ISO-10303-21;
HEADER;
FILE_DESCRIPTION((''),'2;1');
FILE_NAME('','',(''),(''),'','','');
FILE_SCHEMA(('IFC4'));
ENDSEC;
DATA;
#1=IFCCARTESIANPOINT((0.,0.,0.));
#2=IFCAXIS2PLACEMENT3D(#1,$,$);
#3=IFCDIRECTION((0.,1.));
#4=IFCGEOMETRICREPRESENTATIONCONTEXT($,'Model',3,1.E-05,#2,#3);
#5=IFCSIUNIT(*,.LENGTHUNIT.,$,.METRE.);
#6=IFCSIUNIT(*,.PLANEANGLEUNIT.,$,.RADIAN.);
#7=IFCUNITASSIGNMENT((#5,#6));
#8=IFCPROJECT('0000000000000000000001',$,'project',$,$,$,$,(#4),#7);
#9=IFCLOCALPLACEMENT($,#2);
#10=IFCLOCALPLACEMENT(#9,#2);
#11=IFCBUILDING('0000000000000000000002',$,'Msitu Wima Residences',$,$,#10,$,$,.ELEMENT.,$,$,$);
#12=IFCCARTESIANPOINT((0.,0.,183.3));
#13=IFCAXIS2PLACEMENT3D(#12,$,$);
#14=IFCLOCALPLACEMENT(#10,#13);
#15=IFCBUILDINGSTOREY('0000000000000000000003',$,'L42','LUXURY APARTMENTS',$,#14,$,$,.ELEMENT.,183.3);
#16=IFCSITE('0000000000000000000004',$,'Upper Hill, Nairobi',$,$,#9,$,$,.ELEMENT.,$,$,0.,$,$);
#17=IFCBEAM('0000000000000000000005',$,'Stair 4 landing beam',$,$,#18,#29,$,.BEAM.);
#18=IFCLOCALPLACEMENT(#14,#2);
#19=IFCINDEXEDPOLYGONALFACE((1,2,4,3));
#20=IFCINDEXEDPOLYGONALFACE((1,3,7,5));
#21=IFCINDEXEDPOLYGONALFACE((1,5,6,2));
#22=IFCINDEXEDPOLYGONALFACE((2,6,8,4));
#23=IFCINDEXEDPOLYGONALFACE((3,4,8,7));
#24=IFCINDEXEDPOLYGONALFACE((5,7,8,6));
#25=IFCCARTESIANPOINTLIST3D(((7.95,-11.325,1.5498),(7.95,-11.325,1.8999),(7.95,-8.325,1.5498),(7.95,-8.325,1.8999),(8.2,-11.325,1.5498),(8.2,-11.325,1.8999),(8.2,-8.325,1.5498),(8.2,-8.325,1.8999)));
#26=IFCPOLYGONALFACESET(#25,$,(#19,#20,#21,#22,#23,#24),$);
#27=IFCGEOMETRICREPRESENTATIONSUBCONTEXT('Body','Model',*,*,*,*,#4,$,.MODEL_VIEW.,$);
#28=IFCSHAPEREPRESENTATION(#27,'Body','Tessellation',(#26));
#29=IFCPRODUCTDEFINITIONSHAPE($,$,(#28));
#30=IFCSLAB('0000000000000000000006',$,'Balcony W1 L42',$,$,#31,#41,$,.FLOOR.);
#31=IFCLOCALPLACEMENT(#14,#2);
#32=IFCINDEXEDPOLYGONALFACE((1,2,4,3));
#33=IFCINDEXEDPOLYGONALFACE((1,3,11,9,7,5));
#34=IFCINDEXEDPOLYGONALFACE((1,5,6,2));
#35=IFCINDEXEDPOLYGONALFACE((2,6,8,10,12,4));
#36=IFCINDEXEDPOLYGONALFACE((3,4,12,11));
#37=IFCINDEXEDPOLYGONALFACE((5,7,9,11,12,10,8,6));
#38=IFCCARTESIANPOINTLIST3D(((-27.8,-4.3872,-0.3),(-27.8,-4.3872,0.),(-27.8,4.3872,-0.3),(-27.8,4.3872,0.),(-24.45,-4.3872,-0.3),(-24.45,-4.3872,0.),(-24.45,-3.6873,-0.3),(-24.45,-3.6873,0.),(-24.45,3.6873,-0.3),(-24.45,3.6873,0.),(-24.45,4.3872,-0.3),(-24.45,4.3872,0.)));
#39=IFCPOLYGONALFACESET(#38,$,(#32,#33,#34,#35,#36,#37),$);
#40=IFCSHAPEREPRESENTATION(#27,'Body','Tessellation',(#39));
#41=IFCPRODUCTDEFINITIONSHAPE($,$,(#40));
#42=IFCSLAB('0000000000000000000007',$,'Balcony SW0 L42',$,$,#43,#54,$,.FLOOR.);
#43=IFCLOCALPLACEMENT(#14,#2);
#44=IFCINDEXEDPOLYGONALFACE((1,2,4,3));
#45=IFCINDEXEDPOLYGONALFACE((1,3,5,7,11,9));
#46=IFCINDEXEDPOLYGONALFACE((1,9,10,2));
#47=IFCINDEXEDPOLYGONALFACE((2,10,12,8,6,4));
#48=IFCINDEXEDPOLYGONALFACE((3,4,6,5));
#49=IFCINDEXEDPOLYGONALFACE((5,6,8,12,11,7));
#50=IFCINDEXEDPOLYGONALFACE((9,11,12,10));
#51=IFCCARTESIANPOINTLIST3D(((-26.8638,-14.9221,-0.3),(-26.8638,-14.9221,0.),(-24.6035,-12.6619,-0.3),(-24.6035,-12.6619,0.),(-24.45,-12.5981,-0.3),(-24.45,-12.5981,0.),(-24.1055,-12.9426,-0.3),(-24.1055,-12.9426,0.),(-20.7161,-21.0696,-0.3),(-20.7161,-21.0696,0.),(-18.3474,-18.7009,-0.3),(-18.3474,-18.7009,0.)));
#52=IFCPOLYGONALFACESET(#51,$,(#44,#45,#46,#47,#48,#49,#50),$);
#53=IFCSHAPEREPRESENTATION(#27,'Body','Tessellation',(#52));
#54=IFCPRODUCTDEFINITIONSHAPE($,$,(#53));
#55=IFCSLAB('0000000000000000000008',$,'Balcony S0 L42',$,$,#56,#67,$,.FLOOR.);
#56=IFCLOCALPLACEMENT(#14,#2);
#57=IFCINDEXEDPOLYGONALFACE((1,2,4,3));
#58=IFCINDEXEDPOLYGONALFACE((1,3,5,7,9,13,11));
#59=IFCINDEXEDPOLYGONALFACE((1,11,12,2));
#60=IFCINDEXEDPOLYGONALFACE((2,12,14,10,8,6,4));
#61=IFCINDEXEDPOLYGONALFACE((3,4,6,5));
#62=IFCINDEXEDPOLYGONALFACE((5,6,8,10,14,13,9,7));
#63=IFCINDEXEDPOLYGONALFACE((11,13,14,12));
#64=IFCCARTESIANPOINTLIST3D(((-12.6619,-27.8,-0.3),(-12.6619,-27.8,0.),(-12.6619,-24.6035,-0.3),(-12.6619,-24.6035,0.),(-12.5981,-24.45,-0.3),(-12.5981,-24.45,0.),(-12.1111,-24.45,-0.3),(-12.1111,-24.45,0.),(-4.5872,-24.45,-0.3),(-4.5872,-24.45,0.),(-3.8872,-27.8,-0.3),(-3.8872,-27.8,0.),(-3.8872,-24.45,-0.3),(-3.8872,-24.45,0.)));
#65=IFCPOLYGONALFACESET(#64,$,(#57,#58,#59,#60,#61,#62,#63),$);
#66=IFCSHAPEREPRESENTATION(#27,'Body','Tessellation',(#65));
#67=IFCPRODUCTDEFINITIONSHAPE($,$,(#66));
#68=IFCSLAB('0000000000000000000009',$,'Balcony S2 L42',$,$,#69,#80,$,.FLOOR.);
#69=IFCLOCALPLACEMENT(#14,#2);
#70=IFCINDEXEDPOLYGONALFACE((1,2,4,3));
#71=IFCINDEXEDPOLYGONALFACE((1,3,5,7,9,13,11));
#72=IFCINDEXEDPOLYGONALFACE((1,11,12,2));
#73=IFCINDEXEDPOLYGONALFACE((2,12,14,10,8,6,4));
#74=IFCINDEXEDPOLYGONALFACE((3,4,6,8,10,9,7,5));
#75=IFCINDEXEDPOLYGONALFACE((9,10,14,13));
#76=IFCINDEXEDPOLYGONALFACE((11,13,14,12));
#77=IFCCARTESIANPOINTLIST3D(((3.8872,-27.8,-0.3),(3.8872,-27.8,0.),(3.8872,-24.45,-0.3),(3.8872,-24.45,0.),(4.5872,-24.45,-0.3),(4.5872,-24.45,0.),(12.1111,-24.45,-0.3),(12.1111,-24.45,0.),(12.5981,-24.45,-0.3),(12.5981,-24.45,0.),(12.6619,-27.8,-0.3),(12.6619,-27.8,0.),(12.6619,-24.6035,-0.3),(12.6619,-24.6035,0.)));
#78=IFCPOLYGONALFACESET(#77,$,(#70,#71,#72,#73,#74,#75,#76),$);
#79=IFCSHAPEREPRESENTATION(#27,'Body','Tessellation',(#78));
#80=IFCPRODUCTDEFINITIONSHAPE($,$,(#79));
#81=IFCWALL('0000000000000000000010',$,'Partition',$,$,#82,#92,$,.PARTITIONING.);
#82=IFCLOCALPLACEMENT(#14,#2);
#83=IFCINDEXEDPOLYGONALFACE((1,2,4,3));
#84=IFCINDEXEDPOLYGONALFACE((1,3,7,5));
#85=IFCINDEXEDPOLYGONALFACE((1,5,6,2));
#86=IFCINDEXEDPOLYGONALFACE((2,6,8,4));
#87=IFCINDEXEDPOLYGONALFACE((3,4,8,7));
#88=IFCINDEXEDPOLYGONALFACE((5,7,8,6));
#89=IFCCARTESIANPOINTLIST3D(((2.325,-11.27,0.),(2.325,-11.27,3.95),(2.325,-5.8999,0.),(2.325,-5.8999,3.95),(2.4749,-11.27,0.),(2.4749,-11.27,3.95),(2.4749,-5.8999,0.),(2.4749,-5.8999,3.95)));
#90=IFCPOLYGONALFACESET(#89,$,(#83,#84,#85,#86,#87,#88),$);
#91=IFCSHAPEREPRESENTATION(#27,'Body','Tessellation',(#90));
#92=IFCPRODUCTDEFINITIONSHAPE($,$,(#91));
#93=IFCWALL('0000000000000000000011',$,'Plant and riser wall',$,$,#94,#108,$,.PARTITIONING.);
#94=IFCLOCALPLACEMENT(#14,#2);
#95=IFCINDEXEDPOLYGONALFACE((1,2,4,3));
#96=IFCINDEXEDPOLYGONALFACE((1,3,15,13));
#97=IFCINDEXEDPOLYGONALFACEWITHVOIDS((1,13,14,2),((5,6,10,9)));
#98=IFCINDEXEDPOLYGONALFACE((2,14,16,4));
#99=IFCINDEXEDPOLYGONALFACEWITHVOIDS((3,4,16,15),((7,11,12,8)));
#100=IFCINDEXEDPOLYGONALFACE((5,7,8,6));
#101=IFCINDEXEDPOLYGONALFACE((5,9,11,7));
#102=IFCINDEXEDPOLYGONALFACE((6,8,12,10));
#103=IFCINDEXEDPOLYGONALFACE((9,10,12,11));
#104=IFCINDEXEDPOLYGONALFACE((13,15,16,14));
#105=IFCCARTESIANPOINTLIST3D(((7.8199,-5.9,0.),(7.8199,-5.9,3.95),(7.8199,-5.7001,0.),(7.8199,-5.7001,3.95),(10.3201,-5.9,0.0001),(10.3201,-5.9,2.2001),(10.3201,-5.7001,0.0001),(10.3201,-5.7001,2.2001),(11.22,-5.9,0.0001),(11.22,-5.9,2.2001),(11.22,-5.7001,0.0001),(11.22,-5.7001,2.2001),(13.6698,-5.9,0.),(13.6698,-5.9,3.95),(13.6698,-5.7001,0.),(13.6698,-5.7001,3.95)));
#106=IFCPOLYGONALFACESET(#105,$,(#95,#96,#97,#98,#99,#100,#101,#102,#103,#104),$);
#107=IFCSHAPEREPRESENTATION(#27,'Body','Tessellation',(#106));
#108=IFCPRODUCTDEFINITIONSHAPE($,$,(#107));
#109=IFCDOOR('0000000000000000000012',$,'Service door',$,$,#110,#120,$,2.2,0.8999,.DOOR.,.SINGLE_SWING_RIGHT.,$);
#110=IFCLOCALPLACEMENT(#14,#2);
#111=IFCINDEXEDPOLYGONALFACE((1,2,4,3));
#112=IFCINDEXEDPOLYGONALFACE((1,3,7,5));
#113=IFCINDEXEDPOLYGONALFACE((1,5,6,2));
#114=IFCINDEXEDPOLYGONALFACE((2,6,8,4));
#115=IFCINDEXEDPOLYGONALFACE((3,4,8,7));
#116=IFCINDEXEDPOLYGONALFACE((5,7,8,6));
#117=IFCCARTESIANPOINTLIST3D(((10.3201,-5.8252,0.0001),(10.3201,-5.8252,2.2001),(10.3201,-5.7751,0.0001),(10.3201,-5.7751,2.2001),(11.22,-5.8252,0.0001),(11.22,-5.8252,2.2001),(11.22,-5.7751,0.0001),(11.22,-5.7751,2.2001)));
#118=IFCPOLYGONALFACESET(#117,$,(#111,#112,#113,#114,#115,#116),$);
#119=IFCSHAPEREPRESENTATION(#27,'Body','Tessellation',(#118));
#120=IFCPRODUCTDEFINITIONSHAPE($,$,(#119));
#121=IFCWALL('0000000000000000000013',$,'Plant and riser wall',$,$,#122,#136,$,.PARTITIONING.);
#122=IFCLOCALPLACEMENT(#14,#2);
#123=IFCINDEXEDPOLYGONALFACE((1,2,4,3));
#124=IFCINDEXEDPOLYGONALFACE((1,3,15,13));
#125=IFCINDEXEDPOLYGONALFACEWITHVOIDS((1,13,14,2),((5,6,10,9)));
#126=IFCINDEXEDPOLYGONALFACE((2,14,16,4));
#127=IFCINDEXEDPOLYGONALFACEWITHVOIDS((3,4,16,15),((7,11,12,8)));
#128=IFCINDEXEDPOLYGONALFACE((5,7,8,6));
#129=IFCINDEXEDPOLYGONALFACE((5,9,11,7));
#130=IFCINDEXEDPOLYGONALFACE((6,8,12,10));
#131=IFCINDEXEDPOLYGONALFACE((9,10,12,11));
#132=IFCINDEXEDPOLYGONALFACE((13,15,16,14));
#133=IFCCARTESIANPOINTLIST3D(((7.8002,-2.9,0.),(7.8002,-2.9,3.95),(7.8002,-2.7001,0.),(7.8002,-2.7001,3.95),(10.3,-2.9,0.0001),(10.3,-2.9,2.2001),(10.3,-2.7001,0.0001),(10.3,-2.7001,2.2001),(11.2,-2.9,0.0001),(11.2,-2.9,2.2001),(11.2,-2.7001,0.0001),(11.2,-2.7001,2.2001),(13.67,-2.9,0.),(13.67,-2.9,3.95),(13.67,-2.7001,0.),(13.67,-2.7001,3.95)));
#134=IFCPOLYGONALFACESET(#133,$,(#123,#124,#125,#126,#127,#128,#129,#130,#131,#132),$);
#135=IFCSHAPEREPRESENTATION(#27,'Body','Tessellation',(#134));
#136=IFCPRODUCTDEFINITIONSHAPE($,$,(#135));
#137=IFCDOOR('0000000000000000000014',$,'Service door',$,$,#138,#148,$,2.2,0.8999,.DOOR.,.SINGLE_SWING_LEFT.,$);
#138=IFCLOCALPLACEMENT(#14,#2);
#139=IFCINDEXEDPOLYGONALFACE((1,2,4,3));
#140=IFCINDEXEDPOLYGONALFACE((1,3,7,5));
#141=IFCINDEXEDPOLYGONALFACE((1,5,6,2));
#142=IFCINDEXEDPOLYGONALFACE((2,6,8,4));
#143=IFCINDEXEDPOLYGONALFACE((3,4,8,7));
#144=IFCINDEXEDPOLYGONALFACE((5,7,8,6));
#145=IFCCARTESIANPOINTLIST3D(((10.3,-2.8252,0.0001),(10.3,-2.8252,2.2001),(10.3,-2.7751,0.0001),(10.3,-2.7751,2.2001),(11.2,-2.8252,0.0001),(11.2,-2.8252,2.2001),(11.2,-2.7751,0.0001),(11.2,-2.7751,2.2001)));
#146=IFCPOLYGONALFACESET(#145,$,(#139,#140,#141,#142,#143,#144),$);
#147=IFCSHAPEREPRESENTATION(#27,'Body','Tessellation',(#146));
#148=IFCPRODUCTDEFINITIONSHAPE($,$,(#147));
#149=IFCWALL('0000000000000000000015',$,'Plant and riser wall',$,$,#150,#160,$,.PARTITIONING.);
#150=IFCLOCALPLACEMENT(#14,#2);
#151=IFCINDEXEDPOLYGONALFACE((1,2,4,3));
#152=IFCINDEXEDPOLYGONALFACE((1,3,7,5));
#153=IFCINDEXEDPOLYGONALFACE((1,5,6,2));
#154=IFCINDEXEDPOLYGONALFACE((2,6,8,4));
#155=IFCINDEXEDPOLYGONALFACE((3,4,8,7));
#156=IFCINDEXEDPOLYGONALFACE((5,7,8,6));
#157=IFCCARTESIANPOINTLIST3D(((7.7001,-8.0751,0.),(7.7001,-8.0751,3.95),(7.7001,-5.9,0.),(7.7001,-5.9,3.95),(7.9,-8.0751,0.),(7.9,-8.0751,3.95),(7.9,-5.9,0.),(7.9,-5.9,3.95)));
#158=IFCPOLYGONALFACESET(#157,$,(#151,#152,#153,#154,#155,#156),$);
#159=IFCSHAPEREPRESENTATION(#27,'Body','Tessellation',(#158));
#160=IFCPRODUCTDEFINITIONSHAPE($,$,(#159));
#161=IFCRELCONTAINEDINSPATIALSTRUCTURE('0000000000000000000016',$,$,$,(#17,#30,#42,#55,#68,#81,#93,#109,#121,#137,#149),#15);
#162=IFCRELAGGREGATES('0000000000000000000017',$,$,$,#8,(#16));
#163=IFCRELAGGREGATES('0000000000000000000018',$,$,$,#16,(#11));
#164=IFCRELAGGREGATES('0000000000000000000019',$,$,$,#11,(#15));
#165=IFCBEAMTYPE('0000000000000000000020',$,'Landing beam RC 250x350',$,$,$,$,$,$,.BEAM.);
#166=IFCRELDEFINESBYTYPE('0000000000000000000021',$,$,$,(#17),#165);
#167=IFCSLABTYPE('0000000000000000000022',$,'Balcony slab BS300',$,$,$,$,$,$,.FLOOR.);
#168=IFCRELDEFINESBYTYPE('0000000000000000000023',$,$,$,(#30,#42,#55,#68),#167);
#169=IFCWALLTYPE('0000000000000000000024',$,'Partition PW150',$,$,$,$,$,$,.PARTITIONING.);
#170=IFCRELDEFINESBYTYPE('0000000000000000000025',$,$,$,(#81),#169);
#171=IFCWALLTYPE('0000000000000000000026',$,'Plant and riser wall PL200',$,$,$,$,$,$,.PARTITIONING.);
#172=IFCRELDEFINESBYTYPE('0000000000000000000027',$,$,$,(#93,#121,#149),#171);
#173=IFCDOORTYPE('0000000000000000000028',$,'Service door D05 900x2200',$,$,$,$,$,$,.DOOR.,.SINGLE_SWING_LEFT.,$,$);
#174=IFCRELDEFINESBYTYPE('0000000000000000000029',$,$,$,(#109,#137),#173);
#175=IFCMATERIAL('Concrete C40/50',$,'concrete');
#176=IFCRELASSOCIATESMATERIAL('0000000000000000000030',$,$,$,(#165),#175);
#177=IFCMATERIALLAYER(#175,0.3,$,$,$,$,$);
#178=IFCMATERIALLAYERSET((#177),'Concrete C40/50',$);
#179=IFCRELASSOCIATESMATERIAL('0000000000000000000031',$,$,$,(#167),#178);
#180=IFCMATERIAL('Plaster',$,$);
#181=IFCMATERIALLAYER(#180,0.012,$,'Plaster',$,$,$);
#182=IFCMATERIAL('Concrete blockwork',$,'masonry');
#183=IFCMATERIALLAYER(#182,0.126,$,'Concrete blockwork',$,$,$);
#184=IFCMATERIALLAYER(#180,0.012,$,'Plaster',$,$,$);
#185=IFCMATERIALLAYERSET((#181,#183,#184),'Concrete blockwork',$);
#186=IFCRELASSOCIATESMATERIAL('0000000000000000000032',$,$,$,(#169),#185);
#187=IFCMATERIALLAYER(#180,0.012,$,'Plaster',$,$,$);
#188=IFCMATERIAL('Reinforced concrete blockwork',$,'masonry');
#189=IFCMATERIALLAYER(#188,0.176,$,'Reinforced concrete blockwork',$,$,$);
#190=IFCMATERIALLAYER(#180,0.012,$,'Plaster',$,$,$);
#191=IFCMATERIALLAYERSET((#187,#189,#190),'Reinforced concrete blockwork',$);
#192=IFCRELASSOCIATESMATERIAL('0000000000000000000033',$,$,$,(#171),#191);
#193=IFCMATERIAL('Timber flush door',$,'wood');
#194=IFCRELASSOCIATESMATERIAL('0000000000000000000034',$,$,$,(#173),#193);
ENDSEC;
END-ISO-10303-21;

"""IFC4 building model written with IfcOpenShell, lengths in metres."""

from ifc_helpers import new_model, si_unit, direction, frame, frame_2d, origin, origin_2d, place, context, subcontext, project, spatial, polyline, rectangle, outline, extrude, material, layer, layer_set, material_profile, profile_set, type_object, element, fill, save


model = new_model("IFC4")

# Units and contexts
model_context = context("Model", 3, precision=1e-05, world=origin(), true_north=direction((0.0, 1.0)))
body_context = subcontext(model_context, "Body", "Model", "MODEL_VIEW")
ifc_project = project(units=[si_unit("LENGTHUNIT", "METRE"), si_unit("PLANEANGLEUNIT", "RADIAN")], contexts=[model_context])

# Site, building, storey
site_placement = place(None, origin())
site = spatial("IfcSite", under=ifc_project, at=site_placement, Name="Upper Hill, Nairobi", CompositionType="ELEMENT", RefElevation=0.0)
building_placement = place(site_placement, origin())
building = spatial("IfcBuilding", under=site, at=building_placement, Name="Msitu Wima Residences", CompositionType="ELEMENT")
storey_placement = place(building_placement, frame((0.0, 0.0, 183.3)))
storey = spatial("IfcBuildingStorey", under=building, at=storey_placement, Name="L42", Description="LUXURY APARTMENTS", CompositionType="ELEMENT", Elevation=183.3)

# Beam
ifc_material_1 = material(Name="Concrete C40/50", Category="concrete")
ifc_material_profile = material_profile(ifc_material_1, rectangle(XDim=0.25, YDim=0.3501, at=origin_2d()), Name="RC 250x350")
ifc_profile_set = profile_set([ifc_material_profile], Name="Concrete C40/50")
beam_type = type_object("IfcBeamType", Name="Landing beam RC 250x350", PredefinedType="BEAM", material=ifc_profile_set)
beam_placement = place(storey_placement, frame((8.075, -11.325, 1.7249), z_axis=(0.0, 1.0, 0.0), x_axis=(-1.0, 0.0, 0.0)))
element("IfcBeam", 1, at=beam_placement, inside=storey, type_object=beam_type, Name="Stair 4 landing beam", PredefinedType="BEAM", context=body_context, shape_type="SweptSolid", body=[
    extrude(rectangle(XDim=0.25, YDim=0.3501, at=origin_2d()), origin(), (0.0, 0.0, 1.0), 3.0),
])

# Slabs
ifc_layer_1 = layer(ifc_material_1, 0.3)
ifc_layer_set_1 = layer_set([ifc_layer_1], Name="Concrete C40/50")
slab_type = type_object("IfcSlabType", Name="Balcony slab BS300", PredefinedType="FLOOR", material=ifc_layer_set_1)
slab_1_placement = place(storey_placement, frame((0.0, 0.0, -0.3)))
element("IfcSlab", 2, at=slab_1_placement, inside=storey, type_object=slab_type, Name="Balcony W1 L42", PredefinedType="FLOOR", context=body_context, shape_type="SweptSolid", body=[
    extrude(outline(polyline([(-24.45, 3.6873), (-24.45, -3.6873), (-24.45, -3.6873), (-24.45, -4.3872), (-27.8, -4.3872), (-27.8, 4.3872), (-24.45, 4.3872), (-24.45, 3.6873)])), origin(), (0.0, 0.0, 1.0), 0.3),
])
slab_2_placement = place(storey_placement, frame((0.0, 0.0, -0.3)))
element("IfcSlab", 3, at=slab_2_placement, inside=storey, type_object=slab_type, Name="Balcony SW0 L42", PredefinedType="FLOOR", context=body_context, shape_type="SweptSolid", body=[
    extrude(outline(polyline([(-24.1055, -12.9426), (-24.1055, -12.9426), (-18.3474, -18.7009), (-20.7161, -21.0696), (-26.8638, -14.9221), (-24.6035, -12.6619), (-24.45, -12.5981), (-24.1055, -12.9426), (-24.1055, -12.9426)])), origin(), (0.0, 0.0, 1.0), 0.3),
])
slab_3_placement = place(storey_placement, frame((0.0, 0.0, -0.3)))
element("IfcSlab", 4, at=slab_3_placement, inside=storey, type_object=slab_type, Name="Balcony S0 L42", PredefinedType="FLOOR", context=body_context, shape_type="SweptSolid", body=[
    extrude(outline(polyline([(-12.1111, -24.45), (-12.1111, -24.45), (-4.5872, -24.45), (-3.8872, -24.45), (-3.8872, -27.8), (-12.6619, -27.8), (-12.6619, -24.6035), (-12.5981, -24.45), (-12.1111, -24.45), (-12.1111, -24.45)])), origin(), (0.0, 0.0, 1.0), 0.3),
])
slab_4_placement = place(storey_placement, frame((0.0, 0.0, -0.3)))
element("IfcSlab", 5, at=slab_4_placement, inside=storey, type_object=slab_type, Name="Balcony S2 L42", PredefinedType="FLOOR", context=body_context, shape_type="SweptSolid", body=[
    extrude(outline(polyline([(12.1111, -24.45), (12.1111, -24.45), (12.1111, -24.45), (12.5981, -24.45), (12.6619, -24.6035), (12.6619, -27.8), (3.8872, -27.8), (3.8872, -24.45), (4.5872, -24.45), (12.1111, -24.45)])), origin(), (0.0, 0.0, 1.0), 0.3),
])

# Wall
ifc_material_2 = material(Name="Plaster")
ifc_layer_2 = layer(ifc_material_2, 0.012, Name="Plaster")
ifc_material_3 = material(Name="Concrete blockwork", Category="masonry")
ifc_layer_3 = layer(ifc_material_3, 0.126, Name="Concrete blockwork")
ifc_layer_4 = layer(ifc_material_2, 0.012, Name="Plaster")
ifc_layer_set_2 = layer_set([ifc_layer_2, ifc_layer_3, ifc_layer_4], Name="Concrete blockwork")
wall_type_1 = type_object("IfcWallType", Name="Partition PW150", PredefinedType="PARTITIONING", material=ifc_layer_set_2)
wall_1_placement = place(storey_placement, frame((2.3999, -11.27, 0.0), z_axis=(0.0, 0.0, 1.0), x_axis=(0.0, 1.0, 0.0)))
element("IfcWall", 6, at=wall_1_placement, inside=storey, type_object=wall_type_1, Name="Partition", PredefinedType="PARTITIONING", context=body_context, shape_type="SweptSolid", body=[
    extrude(rectangle(XDim=5.3701, YDim=0.1499, at=frame_2d((2.6851, 0.0))), origin(), (0.0, 0.0, 1.0), 3.95),
])

# Walls, openings, doors
ifc_layer_5 = layer(ifc_material_2, 0.012, Name="Plaster")
ifc_material_4 = material(Name="Reinforced concrete blockwork", Category="masonry")
ifc_layer_6 = layer(ifc_material_4, 0.176, Name="Reinforced concrete blockwork")
ifc_layer_7 = layer(ifc_material_2, 0.012, Name="Plaster")
ifc_layer_set_3 = layer_set([ifc_layer_5, ifc_layer_6, ifc_layer_7], Name="Reinforced concrete blockwork")
wall_type_2 = type_object("IfcWallType", Name="Plant and riser wall PL200", PredefinedType="PARTITIONING", material=ifc_layer_set_3)
wall_2_placement = place(storey_placement, frame((7.8201, -5.8, 0.0), z_axis=(0.0, 0.0, 1.0), x_axis=(1.0, 0.0, 0.0)))
wall_2 = element("IfcWall", 7, at=wall_2_placement, inside=storey, type_object=wall_type_2, Name="Plant and riser wall", PredefinedType="PARTITIONING", context=body_context, shape_type="SweptSolid", body=[
    extrude(rectangle(XDim=5.8499, YDim=0.2, at=frame_2d((2.9248, 0.0))), origin(), (0.0, 0.0, 1.0), 3.95),
])
opening_1_placement = place(wall_2_placement, frame((2.5, 0.0, 0.0)))
opening_1 = element("IfcOpeningElement", 8, at=opening_1_placement, cuts=wall_2, PredefinedType="OPENING", context=body_context, shape_type="SweptSolid", body=[
    extrude(rectangle(XDim=0.8999, YDim=2.2, at=frame_2d((0.45, 1.1001))), frame((0.0, 0.1099, 0.0), z_axis=(0.0, -1.0, 0.0), x_axis=(1.0, 0.0, 0.0)), (0.0, 0.0, 1.0), 0.22),
])
ifc_material_5 = material(Name="Timber flush door", Category="wood")
door_type = type_object("IfcDoorType", Name="Service door D05 900x2200", OperationType="SINGLE_SWING_LEFT", PredefinedType="DOOR", material=ifc_material_5)
door_1_placement = place(opening_1_placement, origin())
door_1 = element("IfcDoor", 9, at=door_1_placement, inside=storey, type_object=door_type, Name="Service door", OperationType="SINGLE_SWING_RIGHT", OverallHeight=2.2, OverallWidth=0.8999, PredefinedType="DOOR", context=body_context, shape_type="SweptSolid", body=[
    extrude(rectangle(XDim=0.8999, YDim=2.2, at=frame_2d((0.45, 1.1001))), frame((0.0, 0.0249, 0.0), z_axis=(0.0, -1.0, 0.0), x_axis=(1.0, 0.0, 0.0)), (0.0, 0.0, 1.0), 0.05),
])
fill(opening_1, door_1)
wall_3_placement = place(storey_placement, frame((7.8, -2.8, 0.0), z_axis=(0.0, 0.0, 1.0), x_axis=(1.0, 0.0, 0.0)))
wall_3 = element("IfcWall", 10, at=wall_3_placement, inside=storey, type_object=wall_type_2, Name="Plant and riser wall", PredefinedType="PARTITIONING", context=body_context, shape_type="SweptSolid", body=[
    extrude(rectangle(XDim=5.8699, YDim=0.2, at=frame_2d((2.9351, 0.0))), origin(), (0.0, 0.0, 1.0), 3.95),
])
opening_2_placement = place(wall_3_placement, frame((2.5, 0.0, 0.0)))
opening_2 = element("IfcOpeningElement", 11, at=opening_2_placement, cuts=wall_3, PredefinedType="OPENING", context=body_context, shape_type="SweptSolid", body=[
    extrude(rectangle(XDim=0.8999, YDim=2.2, at=frame_2d((0.45, 1.1001))), frame((0.0, 0.1099, 0.0), z_axis=(0.0, -1.0, 0.0), x_axis=(1.0, 0.0, 0.0)), (0.0, 0.0, 1.0), 0.22),
])
door_2_placement = place(opening_2_placement, origin())
door_2 = element("IfcDoor", 12, at=door_2_placement, inside=storey, type_object=door_type, Name="Service door", OperationType="SINGLE_SWING_LEFT", OverallHeight=2.2, OverallWidth=0.8999, PredefinedType="DOOR", context=body_context, shape_type="SweptSolid", body=[
    extrude(rectangle(XDim=0.8999, YDim=2.2, at=frame_2d((0.45, 1.1001))), frame((0.0, 0.0249, 0.0), z_axis=(0.0, -1.0, 0.0), x_axis=(1.0, 0.0, 0.0)), (0.0, 0.0, 1.0), 0.05),
])
fill(opening_2, door_2)

# Wall
wall_4_placement = place(storey_placement, frame((7.8, -8.075, 0.0), z_axis=(0.0, 0.0, 1.0), x_axis=(0.0, 1.0, 0.0)))
element("IfcWall", 13, at=wall_4_placement, inside=storey, type_object=wall_type_2, Name="Plant and riser wall", PredefinedType="PARTITIONING", context=body_context, shape_type="SweptSolid", body=[
    extrude(rectangle(XDim=2.175, YDim=0.2, at=frame_2d((1.0874, 0.0))), origin(), (0.0, 0.0, 1.0), 3.95),
])

save(model, "model.ifc")
